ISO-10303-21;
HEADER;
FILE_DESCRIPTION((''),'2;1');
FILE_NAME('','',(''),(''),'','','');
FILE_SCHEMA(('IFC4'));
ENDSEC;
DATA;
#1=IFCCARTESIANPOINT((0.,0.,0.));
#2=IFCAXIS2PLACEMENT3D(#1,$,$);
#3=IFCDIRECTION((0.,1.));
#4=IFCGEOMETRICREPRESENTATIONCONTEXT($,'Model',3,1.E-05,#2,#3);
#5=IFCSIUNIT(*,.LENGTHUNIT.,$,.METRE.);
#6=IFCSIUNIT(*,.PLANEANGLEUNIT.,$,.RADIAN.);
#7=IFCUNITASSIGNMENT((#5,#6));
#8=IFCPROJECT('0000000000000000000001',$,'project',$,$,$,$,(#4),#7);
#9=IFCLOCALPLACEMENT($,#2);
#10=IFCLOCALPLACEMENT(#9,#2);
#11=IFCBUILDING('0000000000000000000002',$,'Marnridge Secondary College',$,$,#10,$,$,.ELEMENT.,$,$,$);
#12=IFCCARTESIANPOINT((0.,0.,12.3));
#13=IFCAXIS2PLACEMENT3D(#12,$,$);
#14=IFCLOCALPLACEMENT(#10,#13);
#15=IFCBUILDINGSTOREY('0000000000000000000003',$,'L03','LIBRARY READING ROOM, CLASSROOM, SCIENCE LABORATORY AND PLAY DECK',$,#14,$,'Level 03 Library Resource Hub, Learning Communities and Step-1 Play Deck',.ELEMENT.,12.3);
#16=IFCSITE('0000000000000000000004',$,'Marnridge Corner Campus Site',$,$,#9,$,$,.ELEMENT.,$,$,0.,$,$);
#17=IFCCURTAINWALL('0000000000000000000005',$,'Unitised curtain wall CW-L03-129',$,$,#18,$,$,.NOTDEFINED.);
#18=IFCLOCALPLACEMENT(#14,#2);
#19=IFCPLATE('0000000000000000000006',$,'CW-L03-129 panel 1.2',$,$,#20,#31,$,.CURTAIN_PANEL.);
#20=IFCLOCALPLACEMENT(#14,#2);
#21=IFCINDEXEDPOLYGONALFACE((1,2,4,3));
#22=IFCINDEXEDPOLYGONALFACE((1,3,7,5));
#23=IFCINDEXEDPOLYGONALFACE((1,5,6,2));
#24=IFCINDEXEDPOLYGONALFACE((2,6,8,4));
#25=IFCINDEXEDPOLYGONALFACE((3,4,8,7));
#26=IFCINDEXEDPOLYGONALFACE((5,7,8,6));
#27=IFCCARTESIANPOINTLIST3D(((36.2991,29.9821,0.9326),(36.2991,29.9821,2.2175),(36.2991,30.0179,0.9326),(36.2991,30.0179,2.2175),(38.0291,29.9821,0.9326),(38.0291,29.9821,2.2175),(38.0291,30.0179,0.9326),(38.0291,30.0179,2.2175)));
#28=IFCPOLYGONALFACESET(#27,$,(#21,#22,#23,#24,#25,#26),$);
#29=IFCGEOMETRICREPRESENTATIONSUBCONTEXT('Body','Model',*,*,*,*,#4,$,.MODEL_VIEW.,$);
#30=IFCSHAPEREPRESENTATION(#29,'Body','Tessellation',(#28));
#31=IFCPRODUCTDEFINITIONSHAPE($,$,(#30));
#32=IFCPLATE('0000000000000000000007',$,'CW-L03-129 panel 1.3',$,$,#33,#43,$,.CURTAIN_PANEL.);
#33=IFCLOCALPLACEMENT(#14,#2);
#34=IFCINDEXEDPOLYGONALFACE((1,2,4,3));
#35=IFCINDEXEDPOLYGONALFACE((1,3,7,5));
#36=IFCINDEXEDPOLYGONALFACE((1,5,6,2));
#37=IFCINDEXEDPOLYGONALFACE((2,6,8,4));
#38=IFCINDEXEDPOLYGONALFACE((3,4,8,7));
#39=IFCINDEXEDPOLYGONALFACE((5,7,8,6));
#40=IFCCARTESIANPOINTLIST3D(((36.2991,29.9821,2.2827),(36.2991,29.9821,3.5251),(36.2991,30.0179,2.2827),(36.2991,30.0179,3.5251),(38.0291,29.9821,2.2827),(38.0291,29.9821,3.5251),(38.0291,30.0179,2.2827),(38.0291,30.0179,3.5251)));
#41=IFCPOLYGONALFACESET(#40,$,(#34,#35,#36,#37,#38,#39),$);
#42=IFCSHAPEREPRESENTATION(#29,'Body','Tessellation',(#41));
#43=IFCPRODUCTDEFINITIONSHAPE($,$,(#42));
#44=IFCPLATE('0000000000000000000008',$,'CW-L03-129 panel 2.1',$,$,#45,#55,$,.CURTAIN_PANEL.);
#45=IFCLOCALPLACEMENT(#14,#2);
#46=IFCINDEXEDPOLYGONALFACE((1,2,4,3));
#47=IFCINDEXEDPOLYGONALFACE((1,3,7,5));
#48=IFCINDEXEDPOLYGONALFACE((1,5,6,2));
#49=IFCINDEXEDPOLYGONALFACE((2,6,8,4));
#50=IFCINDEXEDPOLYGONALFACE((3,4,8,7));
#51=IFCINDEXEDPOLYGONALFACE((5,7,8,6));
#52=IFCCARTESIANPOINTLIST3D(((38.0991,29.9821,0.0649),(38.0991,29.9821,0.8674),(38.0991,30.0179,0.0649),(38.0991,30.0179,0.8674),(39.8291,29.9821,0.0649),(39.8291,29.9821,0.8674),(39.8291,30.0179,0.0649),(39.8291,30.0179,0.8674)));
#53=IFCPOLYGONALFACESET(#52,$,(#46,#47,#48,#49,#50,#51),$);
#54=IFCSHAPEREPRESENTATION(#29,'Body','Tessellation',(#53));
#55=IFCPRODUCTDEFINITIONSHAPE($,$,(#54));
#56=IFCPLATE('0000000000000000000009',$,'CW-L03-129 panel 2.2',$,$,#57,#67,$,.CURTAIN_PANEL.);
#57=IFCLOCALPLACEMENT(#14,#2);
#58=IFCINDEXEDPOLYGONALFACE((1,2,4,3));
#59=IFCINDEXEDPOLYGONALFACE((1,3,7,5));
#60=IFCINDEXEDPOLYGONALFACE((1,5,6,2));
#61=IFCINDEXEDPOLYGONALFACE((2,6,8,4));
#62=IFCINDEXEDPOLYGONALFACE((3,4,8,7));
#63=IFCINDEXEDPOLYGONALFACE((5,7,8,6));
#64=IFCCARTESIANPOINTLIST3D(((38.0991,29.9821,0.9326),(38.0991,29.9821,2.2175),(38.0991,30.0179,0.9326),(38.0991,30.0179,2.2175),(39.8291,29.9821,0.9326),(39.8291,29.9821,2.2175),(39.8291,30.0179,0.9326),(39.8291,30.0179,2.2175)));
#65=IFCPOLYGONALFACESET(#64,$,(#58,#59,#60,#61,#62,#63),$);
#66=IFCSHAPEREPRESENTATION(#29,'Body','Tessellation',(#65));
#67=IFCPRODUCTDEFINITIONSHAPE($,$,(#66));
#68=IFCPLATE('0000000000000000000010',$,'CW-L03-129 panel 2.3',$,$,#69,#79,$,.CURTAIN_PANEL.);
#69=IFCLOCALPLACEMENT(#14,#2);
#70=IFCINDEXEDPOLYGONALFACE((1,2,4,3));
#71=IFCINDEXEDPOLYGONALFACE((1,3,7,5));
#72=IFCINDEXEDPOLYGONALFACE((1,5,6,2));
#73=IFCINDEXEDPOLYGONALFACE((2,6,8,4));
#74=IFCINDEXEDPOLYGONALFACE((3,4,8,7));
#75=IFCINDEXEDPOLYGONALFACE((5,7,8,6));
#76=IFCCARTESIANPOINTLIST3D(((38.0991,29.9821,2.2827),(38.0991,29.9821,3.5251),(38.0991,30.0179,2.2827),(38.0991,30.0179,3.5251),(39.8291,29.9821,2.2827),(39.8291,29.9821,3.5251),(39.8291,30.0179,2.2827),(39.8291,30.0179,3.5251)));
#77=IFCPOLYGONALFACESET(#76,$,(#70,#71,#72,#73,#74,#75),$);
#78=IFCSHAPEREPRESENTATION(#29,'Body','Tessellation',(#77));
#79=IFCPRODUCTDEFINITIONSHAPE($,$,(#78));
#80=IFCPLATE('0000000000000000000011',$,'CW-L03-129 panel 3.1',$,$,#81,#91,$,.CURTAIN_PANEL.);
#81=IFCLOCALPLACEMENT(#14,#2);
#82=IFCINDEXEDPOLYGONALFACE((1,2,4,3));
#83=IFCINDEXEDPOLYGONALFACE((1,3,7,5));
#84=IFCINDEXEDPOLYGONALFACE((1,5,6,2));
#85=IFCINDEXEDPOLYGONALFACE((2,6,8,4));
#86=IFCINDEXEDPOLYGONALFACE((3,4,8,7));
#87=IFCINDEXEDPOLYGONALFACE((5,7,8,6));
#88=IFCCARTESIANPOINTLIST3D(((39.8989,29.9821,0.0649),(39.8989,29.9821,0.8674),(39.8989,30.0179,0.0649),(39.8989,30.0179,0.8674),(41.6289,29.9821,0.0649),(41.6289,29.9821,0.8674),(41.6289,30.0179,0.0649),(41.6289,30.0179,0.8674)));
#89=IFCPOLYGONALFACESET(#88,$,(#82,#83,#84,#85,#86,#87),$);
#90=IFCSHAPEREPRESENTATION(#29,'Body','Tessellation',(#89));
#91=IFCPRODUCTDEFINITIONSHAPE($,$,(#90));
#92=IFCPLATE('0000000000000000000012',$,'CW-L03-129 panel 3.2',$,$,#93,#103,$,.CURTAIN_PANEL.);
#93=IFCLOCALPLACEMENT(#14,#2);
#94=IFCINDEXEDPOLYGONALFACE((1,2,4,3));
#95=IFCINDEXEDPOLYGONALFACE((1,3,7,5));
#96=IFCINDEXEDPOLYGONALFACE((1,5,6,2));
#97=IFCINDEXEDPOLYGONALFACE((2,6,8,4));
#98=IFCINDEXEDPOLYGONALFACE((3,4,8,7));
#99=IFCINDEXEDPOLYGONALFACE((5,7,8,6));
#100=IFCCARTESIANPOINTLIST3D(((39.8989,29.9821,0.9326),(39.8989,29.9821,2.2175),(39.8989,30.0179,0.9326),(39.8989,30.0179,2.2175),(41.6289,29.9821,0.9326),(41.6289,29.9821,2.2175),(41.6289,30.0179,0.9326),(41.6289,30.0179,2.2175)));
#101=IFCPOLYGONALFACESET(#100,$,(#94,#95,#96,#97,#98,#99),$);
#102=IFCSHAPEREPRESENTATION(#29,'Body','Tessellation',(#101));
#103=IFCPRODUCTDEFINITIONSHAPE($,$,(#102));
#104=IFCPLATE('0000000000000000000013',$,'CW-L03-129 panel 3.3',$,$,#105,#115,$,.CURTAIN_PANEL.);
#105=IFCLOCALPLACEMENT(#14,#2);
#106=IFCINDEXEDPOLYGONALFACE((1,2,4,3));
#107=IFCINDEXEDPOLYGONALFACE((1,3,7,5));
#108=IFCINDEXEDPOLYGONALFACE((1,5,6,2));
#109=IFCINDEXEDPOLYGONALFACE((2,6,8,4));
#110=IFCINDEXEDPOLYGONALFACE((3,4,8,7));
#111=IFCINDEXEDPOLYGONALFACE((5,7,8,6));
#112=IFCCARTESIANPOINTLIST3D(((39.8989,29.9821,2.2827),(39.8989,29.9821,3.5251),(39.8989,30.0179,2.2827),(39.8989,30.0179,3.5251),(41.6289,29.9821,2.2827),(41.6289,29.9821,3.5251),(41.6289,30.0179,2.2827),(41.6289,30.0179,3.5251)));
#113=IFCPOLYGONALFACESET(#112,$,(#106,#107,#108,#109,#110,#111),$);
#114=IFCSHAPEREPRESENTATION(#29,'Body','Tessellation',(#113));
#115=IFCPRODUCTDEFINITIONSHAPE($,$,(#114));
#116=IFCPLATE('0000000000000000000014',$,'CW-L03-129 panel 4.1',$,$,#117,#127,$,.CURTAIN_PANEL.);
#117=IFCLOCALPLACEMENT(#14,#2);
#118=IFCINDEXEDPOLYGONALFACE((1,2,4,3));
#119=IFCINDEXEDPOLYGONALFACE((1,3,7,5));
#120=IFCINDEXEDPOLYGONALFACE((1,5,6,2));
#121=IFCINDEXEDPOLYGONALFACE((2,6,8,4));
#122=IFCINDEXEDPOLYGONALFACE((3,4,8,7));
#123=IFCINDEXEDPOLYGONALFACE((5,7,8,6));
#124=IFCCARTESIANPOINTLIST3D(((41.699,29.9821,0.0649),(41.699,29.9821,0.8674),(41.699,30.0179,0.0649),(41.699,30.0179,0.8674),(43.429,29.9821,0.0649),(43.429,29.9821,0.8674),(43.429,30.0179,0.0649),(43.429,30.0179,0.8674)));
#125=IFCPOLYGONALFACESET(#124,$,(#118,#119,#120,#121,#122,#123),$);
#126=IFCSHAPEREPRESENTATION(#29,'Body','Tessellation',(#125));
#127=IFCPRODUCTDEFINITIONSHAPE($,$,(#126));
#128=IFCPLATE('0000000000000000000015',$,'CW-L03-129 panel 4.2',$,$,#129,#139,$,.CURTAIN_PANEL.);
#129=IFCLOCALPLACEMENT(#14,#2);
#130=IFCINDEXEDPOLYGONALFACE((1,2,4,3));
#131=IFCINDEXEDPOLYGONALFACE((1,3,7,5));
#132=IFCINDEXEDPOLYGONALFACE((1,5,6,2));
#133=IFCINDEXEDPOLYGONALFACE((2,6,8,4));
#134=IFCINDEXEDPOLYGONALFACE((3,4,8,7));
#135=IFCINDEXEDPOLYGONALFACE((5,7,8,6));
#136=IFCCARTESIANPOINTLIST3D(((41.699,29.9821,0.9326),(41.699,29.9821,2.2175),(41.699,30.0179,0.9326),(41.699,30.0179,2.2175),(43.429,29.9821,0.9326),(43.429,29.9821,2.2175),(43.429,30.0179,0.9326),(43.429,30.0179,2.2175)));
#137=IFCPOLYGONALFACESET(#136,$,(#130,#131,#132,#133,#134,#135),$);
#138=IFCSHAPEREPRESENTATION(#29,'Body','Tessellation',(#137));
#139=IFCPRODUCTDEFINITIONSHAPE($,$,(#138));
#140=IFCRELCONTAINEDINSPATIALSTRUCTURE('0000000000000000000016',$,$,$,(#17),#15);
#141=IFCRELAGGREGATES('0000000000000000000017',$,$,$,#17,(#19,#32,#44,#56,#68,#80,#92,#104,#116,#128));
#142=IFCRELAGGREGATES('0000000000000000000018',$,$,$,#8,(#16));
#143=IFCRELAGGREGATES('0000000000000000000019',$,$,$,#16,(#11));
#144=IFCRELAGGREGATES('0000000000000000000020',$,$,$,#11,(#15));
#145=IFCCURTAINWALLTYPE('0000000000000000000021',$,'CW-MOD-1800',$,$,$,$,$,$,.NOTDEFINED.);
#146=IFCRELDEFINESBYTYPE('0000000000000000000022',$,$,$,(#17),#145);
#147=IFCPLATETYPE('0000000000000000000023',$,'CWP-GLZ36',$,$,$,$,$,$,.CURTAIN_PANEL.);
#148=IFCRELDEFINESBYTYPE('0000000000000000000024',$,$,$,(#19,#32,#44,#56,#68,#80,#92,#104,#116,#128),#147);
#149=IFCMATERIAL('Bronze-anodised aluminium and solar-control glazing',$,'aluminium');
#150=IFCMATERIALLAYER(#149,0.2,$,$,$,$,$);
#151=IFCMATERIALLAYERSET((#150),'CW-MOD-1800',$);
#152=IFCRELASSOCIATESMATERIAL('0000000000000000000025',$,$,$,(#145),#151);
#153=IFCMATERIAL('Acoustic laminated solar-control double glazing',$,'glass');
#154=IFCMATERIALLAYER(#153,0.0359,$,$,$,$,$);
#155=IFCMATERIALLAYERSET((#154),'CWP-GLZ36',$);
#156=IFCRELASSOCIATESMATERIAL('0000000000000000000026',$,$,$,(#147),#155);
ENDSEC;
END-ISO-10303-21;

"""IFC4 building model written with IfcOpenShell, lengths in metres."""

from ifc_helpers import new_model, si_unit, direction, frame, origin, origin_2d, place, context, subcontext, project, spatial, rectangle, extrude, material, layer, layer_set, type_object, element, aggregate, save


model = new_model("IFC4")

# Units and contexts
model_context = context("Model", 3, precision=1e-05, world=origin(), true_north=direction((0.0, 1.0)))
body_context = subcontext(model_context, "Body", "Model", "MODEL_VIEW")
ifc_project = project(units=[si_unit("LENGTHUNIT", "METRE"), si_unit("PLANEANGLEUNIT", "RADIAN")], contexts=[model_context])

# Site, building, storey
site_placement = place(None, origin())
site = spatial("IfcSite", under=ifc_project, at=site_placement, Name="Marnridge Corner Campus Site", CompositionType="ELEMENT", RefElevation=0.0)
building_placement = place(site_placement, origin())
building = spatial("IfcBuilding", under=site, at=building_placement, Name="Marnridge Secondary College", CompositionType="ELEMENT")
storey_placement = place(building_placement, frame((0.0, 0.0, 12.3)))
storey = spatial("IfcBuildingStorey", under=building, at=storey_placement, Name="L03", Description="LIBRARY READING ROOM, CLASSROOM, SCIENCE LABORATORY AND PLAY DECK", LongName="Level 03 Library Resource Hub, Learning Communities and Step-1 Play Deck", CompositionType="ELEMENT", Elevation=12.3)

# Curtain wall, plates
ifc_material_1 = material(Name="Bronze-anodised aluminium and solar-control glazing", Category="aluminium")
ifc_layer_1 = layer(ifc_material_1, 0.2)
ifc_layer_set_1 = layer_set([ifc_layer_1], Name="CW-MOD-1800")
curtain_wall_type = type_object("IfcCurtainWallType", Name="CW-MOD-1800", PredefinedType="NOTDEFINED", material=ifc_layer_set_1)
curtain_wall_placement = place(storey_placement, origin())
curtain_wall = element("IfcCurtainWall", 1, at=curtain_wall_placement, inside=storey, type_object=curtain_wall_type, Name="Unitised curtain wall CW-L03-129", PredefinedType="NOTDEFINED")
ifc_material_2 = material(Name="Acoustic laminated solar-control double glazing", Category="glass")
ifc_layer_2 = layer(ifc_material_2, 0.0359)
ifc_layer_set_2 = layer_set([ifc_layer_2], Name="CWP-GLZ36")
plate_type = type_object("IfcPlateType", Name="CWP-GLZ36", PredefinedType="CURTAIN_PANEL", material=ifc_layer_set_2)
plate_1_placement = place(storey_placement, frame((37.1641, 30.0, 0.9326), z_axis=(0.0, 0.0, 1.0), x_axis=(1.0, 0.0, 0.0)))
plate_1 = element("IfcPlate", 2, at=plate_1_placement, type_object=plate_type, Name="CW-L03-129 panel 1.2", PredefinedType="CURTAIN_PANEL", context=body_context, shape_type="SweptSolid", body=[
    extrude(rectangle(XDim=1.73, YDim=0.0359, at=origin_2d()), origin(), (0.0, 0.0, 1.0), 1.2849),
])
plate_2_placement = place(storey_placement, frame((37.1641, 30.0, 2.2827), z_axis=(0.0, 0.0, 1.0), x_axis=(1.0, 0.0, 0.0)))
plate_2 = element("IfcPlate", 3, at=plate_2_placement, type_object=plate_type, Name="CW-L03-129 panel 1.3", PredefinedType="CURTAIN_PANEL", context=body_context, shape_type="SweptSolid", body=[
    extrude(rectangle(XDim=1.73, YDim=0.0359, at=origin_2d()), origin(), (0.0, 0.0, 1.0), 1.2424),
])
plate_3_placement = place(storey_placement, frame((38.9641, 30.0, 0.0649), z_axis=(0.0, 0.0, 1.0), x_axis=(1.0, 0.0, 0.0)))
plate_3 = element("IfcPlate", 4, at=plate_3_placement, type_object=plate_type, Name="CW-L03-129 panel 2.1", PredefinedType="CURTAIN_PANEL", context=body_context, shape_type="SweptSolid", body=[
    extrude(rectangle(XDim=1.73, YDim=0.0359, at=origin_2d()), origin(), (0.0, 0.0, 1.0), 0.8025),
])
plate_4_placement = place(storey_placement, frame((38.9641, 30.0, 0.9326), z_axis=(0.0, 0.0, 1.0), x_axis=(1.0, 0.0, 0.0)))
plate_4 = element("IfcPlate", 5, at=plate_4_placement, type_object=plate_type, Name="CW-L03-129 panel 2.2", PredefinedType="CURTAIN_PANEL", context=body_context, shape_type="SweptSolid", body=[
    extrude(rectangle(XDim=1.73, YDim=0.0359, at=origin_2d()), origin(), (0.0, 0.0, 1.0), 1.2849),
])
plate_5_placement = place(storey_placement, frame((38.9641, 30.0, 2.2827), z_axis=(0.0, 0.0, 1.0), x_axis=(1.0, 0.0, 0.0)))
plate_5 = element("IfcPlate", 6, at=plate_5_placement, type_object=plate_type, Name="CW-L03-129 panel 2.3", PredefinedType="CURTAIN_PANEL", context=body_context, shape_type="SweptSolid", body=[
    extrude(rectangle(XDim=1.73, YDim=0.0359, at=origin_2d()), origin(), (0.0, 0.0, 1.0), 1.2424),
])
plate_6_placement = place(storey_placement, frame((40.7639, 30.0, 0.0649), z_axis=(0.0, 0.0, 1.0), x_axis=(1.0, 0.0, 0.0)))
plate_6 = element("IfcPlate", 7, at=plate_6_placement, type_object=plate_type, Name="CW-L03-129 panel 3.1", PredefinedType="CURTAIN_PANEL", context=body_context, shape_type="SweptSolid", body=[
    extrude(rectangle(XDim=1.73, YDim=0.0359, at=origin_2d()), origin(), (0.0, 0.0, 1.0), 0.8025),
])
plate_7_placement = place(storey_placement, frame((40.7639, 30.0, 0.9326), z_axis=(0.0, 0.0, 1.0), x_axis=(1.0, 0.0, 0.0)))
plate_7 = element("IfcPlate", 8, at=plate_7_placement, type_object=plate_type, Name="CW-L03-129 panel 3.2", PredefinedType="CURTAIN_PANEL", context=body_context, shape_type="SweptSolid", body=[
    extrude(rectangle(XDim=1.73, YDim=0.0359, at=origin_2d()), origin(), (0.0, 0.0, 1.0), 1.2849),
])
plate_8_placement = place(storey_placement, frame((40.7639, 30.0, 2.2827), z_axis=(0.0, 0.0, 1.0), x_axis=(1.0, 0.0, 0.0)))
plate_8 = element("IfcPlate", 9, at=plate_8_placement, type_object=plate_type, Name="CW-L03-129 panel 3.3", PredefinedType="CURTAIN_PANEL", context=body_context, shape_type="SweptSolid", body=[
    extrude(rectangle(XDim=1.73, YDim=0.0359, at=origin_2d()), origin(), (0.0, 0.0, 1.0), 1.2424),
])
plate_9_placement = place(storey_placement, frame((42.564, 30.0, 0.0649), z_axis=(0.0, 0.0, 1.0), x_axis=(1.0, 0.0, 0.0)))
plate_9 = element("IfcPlate", 10, at=plate_9_placement, type_object=plate_type, Name="CW-L03-129 panel 4.1", PredefinedType="CURTAIN_PANEL", context=body_context, shape_type="SweptSolid", body=[
    extrude(rectangle(XDim=1.73, YDim=0.0359, at=origin_2d()), origin(), (0.0, 0.0, 1.0), 0.8025),
])
plate_10_placement = place(storey_placement, frame((42.564, 30.0, 0.9326), z_axis=(0.0, 0.0, 1.0), x_axis=(1.0, 0.0, 0.0)))
plate_10 = element("IfcPlate", 11, at=plate_10_placement, type_object=plate_type, Name="CW-L03-129 panel 4.2", PredefinedType="CURTAIN_PANEL", context=body_context, shape_type="SweptSolid", body=[
    extrude(rectangle(XDim=1.73, YDim=0.0359, at=origin_2d()), origin(), (0.0, 0.0, 1.0), 1.2849),
])
aggregate(curtain_wall, [plate_1, plate_2, plate_3, plate_4, plate_5, plate_6, plate_7, plate_8, plate_9, plate_10])

save(model, "model.ifc")
